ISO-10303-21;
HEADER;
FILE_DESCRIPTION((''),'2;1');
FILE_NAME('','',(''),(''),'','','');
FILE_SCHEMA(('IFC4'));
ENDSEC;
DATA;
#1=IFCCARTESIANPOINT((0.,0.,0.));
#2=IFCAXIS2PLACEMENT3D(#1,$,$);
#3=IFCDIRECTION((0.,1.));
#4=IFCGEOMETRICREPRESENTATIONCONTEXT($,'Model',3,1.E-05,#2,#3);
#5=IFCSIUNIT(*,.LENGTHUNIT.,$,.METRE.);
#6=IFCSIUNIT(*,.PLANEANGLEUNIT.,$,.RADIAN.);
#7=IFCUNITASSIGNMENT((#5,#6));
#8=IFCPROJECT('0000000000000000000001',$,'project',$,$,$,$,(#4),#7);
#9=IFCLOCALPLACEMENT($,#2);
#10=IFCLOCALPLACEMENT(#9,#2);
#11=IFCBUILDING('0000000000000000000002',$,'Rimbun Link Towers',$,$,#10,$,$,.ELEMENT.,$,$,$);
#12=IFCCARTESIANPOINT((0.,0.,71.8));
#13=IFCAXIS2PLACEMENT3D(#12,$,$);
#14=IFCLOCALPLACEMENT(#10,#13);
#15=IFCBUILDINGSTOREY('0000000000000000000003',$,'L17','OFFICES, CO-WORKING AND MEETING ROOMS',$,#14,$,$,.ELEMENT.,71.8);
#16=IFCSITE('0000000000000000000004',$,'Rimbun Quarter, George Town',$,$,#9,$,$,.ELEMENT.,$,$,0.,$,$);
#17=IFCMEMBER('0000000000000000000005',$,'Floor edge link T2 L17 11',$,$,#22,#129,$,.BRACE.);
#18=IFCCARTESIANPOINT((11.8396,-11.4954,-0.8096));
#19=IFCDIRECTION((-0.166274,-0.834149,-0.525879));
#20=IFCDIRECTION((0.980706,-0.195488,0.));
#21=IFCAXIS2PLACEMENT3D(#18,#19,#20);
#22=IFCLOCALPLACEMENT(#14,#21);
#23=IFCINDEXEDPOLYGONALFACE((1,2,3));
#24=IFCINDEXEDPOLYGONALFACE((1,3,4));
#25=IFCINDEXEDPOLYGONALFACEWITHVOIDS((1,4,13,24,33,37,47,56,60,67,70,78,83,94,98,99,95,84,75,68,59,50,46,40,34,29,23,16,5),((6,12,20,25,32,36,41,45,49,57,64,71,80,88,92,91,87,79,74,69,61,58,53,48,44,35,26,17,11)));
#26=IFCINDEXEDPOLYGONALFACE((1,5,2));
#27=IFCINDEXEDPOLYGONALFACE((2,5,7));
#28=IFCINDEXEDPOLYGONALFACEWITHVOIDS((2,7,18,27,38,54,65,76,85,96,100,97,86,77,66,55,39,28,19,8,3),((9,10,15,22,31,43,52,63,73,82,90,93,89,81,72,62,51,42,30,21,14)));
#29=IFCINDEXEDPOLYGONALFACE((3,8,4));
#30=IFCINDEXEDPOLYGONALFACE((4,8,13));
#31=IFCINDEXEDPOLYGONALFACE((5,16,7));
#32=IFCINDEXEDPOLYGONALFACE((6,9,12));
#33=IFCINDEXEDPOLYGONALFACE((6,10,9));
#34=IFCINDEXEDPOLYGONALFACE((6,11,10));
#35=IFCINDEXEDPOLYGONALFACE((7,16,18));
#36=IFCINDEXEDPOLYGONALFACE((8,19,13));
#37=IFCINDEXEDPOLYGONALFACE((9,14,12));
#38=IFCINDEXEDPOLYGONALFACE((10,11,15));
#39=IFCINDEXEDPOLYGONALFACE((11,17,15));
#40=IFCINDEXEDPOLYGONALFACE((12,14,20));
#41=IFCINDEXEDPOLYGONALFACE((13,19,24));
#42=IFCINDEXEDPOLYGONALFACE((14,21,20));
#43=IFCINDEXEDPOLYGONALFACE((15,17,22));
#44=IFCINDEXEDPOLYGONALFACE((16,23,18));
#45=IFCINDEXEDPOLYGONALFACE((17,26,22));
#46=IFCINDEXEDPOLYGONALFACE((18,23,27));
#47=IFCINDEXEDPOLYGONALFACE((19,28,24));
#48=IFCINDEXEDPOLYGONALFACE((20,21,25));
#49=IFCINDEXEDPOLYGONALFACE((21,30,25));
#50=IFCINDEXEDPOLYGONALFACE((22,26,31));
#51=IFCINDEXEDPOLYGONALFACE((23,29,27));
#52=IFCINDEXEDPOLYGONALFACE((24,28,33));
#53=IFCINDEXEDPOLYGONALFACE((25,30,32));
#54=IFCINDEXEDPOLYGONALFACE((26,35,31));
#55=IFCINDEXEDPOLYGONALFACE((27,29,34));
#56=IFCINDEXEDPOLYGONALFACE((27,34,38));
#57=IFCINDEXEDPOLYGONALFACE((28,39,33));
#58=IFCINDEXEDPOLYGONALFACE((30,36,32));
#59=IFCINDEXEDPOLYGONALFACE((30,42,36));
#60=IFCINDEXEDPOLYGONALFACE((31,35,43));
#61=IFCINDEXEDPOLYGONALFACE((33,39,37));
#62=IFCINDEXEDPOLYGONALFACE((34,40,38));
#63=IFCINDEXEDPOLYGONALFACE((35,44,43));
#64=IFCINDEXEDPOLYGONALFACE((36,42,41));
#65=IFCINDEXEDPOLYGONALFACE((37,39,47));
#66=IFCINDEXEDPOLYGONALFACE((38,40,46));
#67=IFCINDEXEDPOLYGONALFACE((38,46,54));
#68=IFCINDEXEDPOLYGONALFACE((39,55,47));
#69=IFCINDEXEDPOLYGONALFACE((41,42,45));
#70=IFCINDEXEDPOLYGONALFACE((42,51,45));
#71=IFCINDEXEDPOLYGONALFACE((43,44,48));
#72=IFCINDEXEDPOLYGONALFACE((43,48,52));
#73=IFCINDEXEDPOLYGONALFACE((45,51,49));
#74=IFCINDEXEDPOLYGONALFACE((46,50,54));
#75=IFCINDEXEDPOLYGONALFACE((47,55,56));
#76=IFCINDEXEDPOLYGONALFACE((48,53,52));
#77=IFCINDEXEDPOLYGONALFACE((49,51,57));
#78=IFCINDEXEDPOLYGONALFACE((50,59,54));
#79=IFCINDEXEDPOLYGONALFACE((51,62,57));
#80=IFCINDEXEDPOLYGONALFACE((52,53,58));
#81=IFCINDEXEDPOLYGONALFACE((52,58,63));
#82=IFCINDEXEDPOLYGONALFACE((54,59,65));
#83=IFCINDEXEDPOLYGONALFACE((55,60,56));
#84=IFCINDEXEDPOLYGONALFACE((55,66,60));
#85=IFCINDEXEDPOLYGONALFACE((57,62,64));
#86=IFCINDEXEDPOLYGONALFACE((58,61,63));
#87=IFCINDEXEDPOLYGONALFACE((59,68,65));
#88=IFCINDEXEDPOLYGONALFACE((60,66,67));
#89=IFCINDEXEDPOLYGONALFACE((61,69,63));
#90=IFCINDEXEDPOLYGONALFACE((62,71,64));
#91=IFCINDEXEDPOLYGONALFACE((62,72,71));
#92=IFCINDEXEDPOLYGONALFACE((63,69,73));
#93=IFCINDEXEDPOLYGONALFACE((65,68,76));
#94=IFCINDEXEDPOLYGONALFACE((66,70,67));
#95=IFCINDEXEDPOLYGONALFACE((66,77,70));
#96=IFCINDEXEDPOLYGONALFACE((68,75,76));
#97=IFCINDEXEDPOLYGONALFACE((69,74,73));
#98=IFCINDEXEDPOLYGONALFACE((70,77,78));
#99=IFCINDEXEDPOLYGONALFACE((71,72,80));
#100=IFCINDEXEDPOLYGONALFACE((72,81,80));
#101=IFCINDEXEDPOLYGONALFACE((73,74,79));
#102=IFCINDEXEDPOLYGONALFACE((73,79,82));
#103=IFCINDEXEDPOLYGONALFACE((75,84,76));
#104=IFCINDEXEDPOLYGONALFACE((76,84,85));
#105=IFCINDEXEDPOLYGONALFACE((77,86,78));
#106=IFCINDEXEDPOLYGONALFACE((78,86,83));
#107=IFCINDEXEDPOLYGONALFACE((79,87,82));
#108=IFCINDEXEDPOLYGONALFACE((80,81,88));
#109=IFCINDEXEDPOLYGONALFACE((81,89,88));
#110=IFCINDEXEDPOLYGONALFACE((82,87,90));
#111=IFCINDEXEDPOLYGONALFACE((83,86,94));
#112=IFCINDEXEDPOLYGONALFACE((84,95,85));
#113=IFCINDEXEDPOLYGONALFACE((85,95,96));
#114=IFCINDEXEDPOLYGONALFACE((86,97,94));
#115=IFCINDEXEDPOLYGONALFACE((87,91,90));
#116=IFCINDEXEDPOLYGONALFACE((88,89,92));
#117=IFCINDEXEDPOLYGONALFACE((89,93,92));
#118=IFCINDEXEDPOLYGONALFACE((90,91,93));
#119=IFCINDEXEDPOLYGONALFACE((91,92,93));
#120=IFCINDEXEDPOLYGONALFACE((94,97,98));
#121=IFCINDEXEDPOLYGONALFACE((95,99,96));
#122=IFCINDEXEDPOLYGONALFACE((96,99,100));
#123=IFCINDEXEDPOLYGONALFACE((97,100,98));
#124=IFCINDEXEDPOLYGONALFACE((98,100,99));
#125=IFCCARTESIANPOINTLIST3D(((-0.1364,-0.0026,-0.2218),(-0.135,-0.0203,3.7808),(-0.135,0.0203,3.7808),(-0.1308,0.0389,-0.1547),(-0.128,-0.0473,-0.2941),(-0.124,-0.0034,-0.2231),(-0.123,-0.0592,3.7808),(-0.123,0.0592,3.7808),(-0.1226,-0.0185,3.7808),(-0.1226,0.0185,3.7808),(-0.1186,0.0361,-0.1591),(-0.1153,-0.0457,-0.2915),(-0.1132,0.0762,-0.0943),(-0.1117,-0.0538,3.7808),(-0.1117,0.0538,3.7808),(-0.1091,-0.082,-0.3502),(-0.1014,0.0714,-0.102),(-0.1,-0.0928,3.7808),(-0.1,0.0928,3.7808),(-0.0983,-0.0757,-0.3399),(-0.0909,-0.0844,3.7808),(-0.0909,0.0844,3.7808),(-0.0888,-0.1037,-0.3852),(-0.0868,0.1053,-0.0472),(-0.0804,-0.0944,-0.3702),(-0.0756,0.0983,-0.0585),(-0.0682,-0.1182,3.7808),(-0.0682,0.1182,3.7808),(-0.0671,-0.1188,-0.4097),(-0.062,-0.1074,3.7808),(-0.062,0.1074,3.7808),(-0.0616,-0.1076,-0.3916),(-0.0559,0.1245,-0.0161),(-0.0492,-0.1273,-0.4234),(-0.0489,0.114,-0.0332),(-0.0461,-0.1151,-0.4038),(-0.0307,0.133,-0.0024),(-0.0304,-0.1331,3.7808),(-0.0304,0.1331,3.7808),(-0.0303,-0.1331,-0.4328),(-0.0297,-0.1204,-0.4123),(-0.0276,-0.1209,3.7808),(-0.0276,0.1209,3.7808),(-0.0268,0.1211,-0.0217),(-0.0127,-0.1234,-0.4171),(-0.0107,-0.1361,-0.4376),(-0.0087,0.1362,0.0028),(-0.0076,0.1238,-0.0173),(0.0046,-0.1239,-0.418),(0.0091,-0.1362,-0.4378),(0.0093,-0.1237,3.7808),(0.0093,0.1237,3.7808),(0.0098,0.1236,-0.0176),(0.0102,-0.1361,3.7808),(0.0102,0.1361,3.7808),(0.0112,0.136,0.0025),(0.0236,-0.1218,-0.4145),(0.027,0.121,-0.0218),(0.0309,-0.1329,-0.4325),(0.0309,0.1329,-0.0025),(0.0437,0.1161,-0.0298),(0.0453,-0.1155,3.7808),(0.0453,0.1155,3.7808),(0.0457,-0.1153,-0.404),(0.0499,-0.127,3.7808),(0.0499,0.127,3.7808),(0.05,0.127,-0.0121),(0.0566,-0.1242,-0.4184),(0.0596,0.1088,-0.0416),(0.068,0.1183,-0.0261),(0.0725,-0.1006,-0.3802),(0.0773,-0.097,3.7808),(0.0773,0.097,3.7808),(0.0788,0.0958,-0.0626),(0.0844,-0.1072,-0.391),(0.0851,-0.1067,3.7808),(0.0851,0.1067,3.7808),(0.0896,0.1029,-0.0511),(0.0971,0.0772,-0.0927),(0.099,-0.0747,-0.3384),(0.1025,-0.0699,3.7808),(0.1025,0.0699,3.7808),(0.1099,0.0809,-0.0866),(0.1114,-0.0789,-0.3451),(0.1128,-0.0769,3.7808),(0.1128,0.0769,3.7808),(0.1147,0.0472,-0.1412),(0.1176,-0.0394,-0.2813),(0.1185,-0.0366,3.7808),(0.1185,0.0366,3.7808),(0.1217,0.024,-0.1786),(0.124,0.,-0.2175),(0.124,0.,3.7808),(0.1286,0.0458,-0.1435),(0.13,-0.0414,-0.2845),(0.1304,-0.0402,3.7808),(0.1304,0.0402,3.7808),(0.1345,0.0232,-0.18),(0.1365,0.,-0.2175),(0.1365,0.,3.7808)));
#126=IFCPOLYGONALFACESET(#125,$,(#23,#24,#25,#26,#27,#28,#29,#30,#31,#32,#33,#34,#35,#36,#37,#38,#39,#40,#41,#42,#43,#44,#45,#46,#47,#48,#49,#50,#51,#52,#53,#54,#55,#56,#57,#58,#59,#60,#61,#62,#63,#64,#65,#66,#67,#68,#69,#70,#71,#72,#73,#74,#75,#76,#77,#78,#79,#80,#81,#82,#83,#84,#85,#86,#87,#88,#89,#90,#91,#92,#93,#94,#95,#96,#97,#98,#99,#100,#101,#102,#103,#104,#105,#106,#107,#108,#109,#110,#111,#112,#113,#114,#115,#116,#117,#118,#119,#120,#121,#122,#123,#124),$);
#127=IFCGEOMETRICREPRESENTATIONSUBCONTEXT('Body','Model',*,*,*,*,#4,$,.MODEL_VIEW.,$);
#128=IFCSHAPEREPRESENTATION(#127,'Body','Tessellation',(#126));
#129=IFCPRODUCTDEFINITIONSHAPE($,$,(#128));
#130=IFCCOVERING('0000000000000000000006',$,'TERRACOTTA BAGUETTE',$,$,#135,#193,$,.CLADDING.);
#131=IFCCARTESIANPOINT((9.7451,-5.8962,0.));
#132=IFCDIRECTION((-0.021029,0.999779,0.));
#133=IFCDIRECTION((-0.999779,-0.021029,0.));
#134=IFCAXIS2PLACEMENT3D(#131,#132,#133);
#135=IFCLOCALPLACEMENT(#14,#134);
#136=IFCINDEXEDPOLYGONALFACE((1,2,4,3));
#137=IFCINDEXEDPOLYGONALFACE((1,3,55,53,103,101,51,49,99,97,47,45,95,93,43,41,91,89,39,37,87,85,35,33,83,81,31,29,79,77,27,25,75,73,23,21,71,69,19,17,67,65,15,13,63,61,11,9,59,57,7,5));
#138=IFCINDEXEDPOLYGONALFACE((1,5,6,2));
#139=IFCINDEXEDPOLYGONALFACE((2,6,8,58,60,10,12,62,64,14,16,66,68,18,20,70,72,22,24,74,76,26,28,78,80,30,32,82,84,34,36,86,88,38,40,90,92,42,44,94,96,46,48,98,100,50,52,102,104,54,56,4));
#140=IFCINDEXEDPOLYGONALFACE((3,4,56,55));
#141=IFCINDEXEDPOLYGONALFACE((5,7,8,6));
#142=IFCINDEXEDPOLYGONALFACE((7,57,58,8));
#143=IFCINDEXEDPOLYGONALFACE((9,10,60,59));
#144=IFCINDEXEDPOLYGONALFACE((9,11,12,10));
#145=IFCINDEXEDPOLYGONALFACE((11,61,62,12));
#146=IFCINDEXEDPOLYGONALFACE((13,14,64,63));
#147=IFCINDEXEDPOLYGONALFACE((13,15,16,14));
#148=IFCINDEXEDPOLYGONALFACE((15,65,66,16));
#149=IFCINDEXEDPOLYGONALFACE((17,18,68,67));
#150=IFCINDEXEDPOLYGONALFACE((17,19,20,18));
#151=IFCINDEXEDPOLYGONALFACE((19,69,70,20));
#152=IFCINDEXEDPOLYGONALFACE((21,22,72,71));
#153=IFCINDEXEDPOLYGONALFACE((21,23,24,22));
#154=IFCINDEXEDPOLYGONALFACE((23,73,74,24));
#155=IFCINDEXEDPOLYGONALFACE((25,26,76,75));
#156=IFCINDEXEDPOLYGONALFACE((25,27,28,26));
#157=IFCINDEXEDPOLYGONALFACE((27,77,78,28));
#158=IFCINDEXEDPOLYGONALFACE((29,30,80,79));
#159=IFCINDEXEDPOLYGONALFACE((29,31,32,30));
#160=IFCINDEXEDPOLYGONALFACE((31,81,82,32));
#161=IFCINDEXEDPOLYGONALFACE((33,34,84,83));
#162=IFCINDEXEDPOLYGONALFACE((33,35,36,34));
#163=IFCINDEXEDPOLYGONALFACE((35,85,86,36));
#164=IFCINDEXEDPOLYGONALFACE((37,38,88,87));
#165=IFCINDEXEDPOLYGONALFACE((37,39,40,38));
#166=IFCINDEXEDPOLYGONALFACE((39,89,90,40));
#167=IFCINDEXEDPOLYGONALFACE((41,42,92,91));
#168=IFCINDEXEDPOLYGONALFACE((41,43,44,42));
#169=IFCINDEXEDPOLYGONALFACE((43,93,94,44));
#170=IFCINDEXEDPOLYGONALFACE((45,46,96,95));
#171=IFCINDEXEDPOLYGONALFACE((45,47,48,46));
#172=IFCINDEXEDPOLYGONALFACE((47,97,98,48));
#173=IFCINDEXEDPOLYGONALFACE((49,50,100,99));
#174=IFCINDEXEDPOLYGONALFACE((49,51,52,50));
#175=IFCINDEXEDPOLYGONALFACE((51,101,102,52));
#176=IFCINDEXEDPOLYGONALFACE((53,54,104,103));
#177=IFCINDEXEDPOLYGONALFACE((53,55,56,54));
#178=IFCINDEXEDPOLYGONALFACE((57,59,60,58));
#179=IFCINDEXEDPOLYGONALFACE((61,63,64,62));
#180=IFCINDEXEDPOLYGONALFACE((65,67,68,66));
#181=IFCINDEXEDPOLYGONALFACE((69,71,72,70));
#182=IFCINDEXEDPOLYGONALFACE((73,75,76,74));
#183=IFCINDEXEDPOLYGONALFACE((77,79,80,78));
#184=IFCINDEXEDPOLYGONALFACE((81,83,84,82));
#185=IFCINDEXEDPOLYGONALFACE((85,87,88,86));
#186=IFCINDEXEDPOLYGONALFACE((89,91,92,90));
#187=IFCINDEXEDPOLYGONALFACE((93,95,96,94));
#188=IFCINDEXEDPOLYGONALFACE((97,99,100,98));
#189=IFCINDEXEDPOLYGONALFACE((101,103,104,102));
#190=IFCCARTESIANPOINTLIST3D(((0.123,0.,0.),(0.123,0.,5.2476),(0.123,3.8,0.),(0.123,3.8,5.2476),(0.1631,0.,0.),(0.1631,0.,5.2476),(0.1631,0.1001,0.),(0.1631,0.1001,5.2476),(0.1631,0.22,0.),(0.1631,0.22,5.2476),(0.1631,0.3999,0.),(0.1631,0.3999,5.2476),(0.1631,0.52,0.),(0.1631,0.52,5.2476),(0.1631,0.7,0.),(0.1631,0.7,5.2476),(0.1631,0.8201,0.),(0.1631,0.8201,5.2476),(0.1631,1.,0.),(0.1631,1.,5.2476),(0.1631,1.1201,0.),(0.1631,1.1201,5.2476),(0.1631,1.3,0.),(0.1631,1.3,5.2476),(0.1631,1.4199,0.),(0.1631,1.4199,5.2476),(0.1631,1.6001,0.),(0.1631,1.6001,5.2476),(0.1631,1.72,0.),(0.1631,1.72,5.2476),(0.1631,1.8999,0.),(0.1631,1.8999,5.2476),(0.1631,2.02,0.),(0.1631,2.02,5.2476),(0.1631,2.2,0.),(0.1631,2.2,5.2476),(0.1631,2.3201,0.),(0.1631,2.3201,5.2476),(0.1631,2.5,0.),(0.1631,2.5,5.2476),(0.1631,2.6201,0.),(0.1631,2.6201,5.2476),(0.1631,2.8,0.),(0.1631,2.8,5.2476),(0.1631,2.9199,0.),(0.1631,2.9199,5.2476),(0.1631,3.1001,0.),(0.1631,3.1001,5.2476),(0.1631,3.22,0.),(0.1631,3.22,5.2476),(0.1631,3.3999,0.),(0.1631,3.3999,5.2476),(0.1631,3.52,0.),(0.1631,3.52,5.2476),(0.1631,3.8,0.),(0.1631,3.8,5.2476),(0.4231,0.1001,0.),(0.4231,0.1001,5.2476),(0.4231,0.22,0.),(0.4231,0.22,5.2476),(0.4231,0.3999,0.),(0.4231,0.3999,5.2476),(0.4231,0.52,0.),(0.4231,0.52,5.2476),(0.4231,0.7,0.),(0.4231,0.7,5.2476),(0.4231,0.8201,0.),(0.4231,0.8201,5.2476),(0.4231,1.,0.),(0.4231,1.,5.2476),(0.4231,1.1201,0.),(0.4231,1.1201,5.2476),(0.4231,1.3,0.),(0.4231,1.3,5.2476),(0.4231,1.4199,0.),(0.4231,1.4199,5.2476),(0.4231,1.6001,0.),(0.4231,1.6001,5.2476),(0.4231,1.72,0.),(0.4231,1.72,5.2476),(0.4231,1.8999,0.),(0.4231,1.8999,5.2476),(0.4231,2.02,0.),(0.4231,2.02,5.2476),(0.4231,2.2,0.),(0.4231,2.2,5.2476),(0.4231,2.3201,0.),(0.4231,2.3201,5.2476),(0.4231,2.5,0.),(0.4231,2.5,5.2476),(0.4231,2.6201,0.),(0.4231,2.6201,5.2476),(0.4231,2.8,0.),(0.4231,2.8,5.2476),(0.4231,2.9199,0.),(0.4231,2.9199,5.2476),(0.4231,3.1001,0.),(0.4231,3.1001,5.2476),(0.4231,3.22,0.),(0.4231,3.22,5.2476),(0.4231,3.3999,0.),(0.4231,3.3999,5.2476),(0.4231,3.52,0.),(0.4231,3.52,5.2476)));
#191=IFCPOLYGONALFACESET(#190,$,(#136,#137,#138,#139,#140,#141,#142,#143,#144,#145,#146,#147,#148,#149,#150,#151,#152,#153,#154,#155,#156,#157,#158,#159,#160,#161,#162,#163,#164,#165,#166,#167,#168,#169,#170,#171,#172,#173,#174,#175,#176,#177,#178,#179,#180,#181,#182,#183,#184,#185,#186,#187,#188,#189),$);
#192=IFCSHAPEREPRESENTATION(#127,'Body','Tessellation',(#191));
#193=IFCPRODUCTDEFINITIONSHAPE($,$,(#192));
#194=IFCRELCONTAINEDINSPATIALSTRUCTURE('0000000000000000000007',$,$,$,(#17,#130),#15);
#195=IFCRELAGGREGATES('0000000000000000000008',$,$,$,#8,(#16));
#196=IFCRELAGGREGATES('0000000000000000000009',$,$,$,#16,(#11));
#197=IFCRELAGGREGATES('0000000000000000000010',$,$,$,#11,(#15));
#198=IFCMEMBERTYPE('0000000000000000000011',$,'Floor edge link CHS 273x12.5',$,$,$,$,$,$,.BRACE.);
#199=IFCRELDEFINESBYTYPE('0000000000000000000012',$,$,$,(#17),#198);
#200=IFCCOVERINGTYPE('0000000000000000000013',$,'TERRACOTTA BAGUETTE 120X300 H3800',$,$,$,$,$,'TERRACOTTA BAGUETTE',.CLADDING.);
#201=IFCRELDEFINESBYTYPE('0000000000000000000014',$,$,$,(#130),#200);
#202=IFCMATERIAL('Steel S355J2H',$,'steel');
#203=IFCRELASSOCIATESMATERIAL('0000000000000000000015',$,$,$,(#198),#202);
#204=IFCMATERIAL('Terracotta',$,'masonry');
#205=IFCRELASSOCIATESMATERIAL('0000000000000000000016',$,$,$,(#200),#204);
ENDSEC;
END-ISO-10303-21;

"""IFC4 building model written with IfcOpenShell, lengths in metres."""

from ifc_helpers import new_model, si_unit, direction, frame, origin, origin_2d, place, context, subcontext, project, spatial, polyline, hollow_circle, outline, extrude, clip, halfspace, material, material_profile, profile_set, type_object, element, save


model = new_model("IFC4")

# Units and contexts
model_context = context("Model", 3, precision=1e-05, world=origin(), true_north=direction((0.0, 1.0)))
body_context = subcontext(model_context, "Body", "Model", "MODEL_VIEW")
ifc_project = project(units=[si_unit("LENGTHUNIT", "METRE"), si_unit("PLANEANGLEUNIT", "RADIAN")], contexts=[model_context])

# Site, building, storey
site_placement = place(None, origin())
site = spatial("IfcSite", under=ifc_project, at=site_placement, Name="Rimbun Quarter, George Town", CompositionType="ELEMENT", RefElevation=0.0)
building_placement = place(site_placement, origin())
building = spatial("IfcBuilding", under=site, at=building_placement, Name="Rimbun Link Towers", CompositionType="ELEMENT")
storey_placement = place(building_placement, frame((0.0, 0.0, 71.8)))
storey = spatial("IfcBuildingStorey", under=building, at=storey_placement, Name="L17", Description="OFFICES, CO-WORKING AND MEETING ROOMS", CompositionType="ELEMENT", Elevation=71.8)

# Member
ifc_material_1 = material(Name="Steel S355J2H", Category="steel")
ifc_material_profile_1 = material_profile(ifc_material_1, hollow_circle(Radius=0.1365, WallThickness=0.0125, at=origin_2d()), Name="CHS 273x12.5")
ifc_profile_set_1 = profile_set([ifc_material_profile_1], Name="Steel S355J2H")
member_type_1 = type_object("IfcMemberType", Name="Floor edge link CHS 273x12.5", PredefinedType="BRACE", material=ifc_profile_set_1)
member_1_placement = place(storey_placement, frame((11.8396, -11.4954, -0.8096), z_axis=(-0.166274, -0.834149, -0.525879), x_axis=(0.980706, -0.195488, 0.0)))
element("IfcMember", 1, at=member_1_placement, inside=storey, type_object=member_type_1, Name="Floor edge link T2 L17 11", PredefinedType="BRACE", context=body_context, shape_type="Clipping", body=[
    clip(extrude(hollow_circle(Radius=0.1365, WallThickness=0.0125, at=origin_2d()), frame((0.0, 0.0, -0.4607)), (0.0, 0.0, 1.0), 4.2415), halfspace(frame((0.0, 0.0, -0.2175), z_axis=(0.0, 0.850559, -0.525879)), False)),
])

# Covering
ifc_material_2 = material(Name="Terracotta", Category="masonry")
ifc_material_profile_2 = material_profile(ifc_material_2, outline(polyline([(0.123, 0.0), (0.1631, 0.0), (0.1631, 0.1001), (0.4231, 0.1001), (0.4231, 0.22), (0.1631, 0.22), (0.1631, 0.3999), (0.4231, 0.3999), (0.4231, 0.52), (0.1631, 0.52), (0.1631, 0.7), (0.4231, 0.7), (0.4231, 0.8201), (0.1631, 0.8201), (0.1631, 1.0), (0.4231, 1.0), (0.4231, 1.1201), (0.1631, 1.1201), (0.1631, 1.3), (0.4231, 1.3), (0.4231, 1.4199), (0.1631, 1.4199), (0.1631, 1.6001), (0.4231, 1.6001), (0.4231, 1.72), (0.1631, 1.72), (0.1631, 1.8999), (0.4231, 1.8999), (0.4231, 2.02), (0.1631, 2.02), (0.1631, 2.2), (0.4231, 2.2), (0.4231, 2.3201), (0.1631, 2.3201), (0.1631, 2.5), (0.4231, 2.5), (0.4231, 2.6201), (0.1631, 2.6201), (0.1631, 2.8), (0.4231, 2.8), (0.4231, 2.9199), (0.1631, 2.9199), (0.1631, 3.1001), (0.4231, 3.1001), (0.4231, 3.22), (0.1631, 3.22), (0.1631, 3.3999), (0.4231, 3.3999), (0.4231, 3.52), (0.1631, 3.52), (0.1631, 3.8), (0.123, 3.8), (0.123, 0.0)])), Name="BAGUETTE 120X300")
ifc_profile_set_2 = profile_set([ifc_material_profile_2], Name="Terracotta")
covering_type_1 = type_object("IfcCoveringType", Name="TERRACOTTA BAGUETTE 120X300 H3800", ElementType="TERRACOTTA BAGUETTE", PredefinedType="CLADDING", material=ifc_profile_set_2)
covering_1_placement = place(storey_placement, frame((9.7451, -5.8962, 0.0), z_axis=(-0.021029, 0.999779, 0.0), x_axis=(-0.999779, -0.021029, 0.0)))
element("IfcCovering", 2, at=covering_1_placement, inside=storey, type_object=covering_type_1, Name="TERRACOTTA BAGUETTE", PredefinedType="CLADDING", context=body_context, shape_type="SweptSolid", body=[
    extrude(outline(polyline([(0.123, 0.0), (0.1631, 0.0), (0.1631, 0.1001), (0.4231, 0.1001), (0.4231, 0.22), (0.1631, 0.22), (0.1631, 0.3999), (0.4231, 0.3999), (0.4231, 0.52), (0.1631, 0.52), (0.1631, 0.7), (0.4231, 0.7), (0.4231, 0.8201), (0.1631, 0.8201), (0.1631, 1.0), (0.4231, 1.0), (0.4231, 1.1201), (0.1631, 1.1201), (0.1631, 1.3), (0.4231, 1.3), (0.4231, 1.4199), (0.1631, 1.4199), (0.1631, 1.6001), (0.4231, 1.6001), (0.4231, 1.72), (0.1631, 1.72), (0.1631, 1.8999), (0.4231, 1.8999), (0.4231, 2.02), (0.1631, 2.02), (0.1631, 2.2), (0.4231, 2.2), (0.4231, 2.3201), (0.1631, 2.3201), (0.1631, 2.5), (0.4231, 2.5), (0.4231, 2.6201), (0.1631, 2.6201), (0.1631, 2.8), (0.4231, 2.8), (0.4231, 2.9199), (0.1631, 2.9199), (0.1631, 3.1001), (0.4231, 3.1001), (0.4231, 3.22), (0.1631, 3.22), (0.1631, 3.3999), (0.4231, 3.3999), (0.4231, 3.52), (0.1631, 3.52), (0.1631, 3.8), (0.123, 3.8), (0.123, 0.0)])), origin(), (0.0, 0.0, 1.0), 5.2476),
])

save(model, "model.ifc")
